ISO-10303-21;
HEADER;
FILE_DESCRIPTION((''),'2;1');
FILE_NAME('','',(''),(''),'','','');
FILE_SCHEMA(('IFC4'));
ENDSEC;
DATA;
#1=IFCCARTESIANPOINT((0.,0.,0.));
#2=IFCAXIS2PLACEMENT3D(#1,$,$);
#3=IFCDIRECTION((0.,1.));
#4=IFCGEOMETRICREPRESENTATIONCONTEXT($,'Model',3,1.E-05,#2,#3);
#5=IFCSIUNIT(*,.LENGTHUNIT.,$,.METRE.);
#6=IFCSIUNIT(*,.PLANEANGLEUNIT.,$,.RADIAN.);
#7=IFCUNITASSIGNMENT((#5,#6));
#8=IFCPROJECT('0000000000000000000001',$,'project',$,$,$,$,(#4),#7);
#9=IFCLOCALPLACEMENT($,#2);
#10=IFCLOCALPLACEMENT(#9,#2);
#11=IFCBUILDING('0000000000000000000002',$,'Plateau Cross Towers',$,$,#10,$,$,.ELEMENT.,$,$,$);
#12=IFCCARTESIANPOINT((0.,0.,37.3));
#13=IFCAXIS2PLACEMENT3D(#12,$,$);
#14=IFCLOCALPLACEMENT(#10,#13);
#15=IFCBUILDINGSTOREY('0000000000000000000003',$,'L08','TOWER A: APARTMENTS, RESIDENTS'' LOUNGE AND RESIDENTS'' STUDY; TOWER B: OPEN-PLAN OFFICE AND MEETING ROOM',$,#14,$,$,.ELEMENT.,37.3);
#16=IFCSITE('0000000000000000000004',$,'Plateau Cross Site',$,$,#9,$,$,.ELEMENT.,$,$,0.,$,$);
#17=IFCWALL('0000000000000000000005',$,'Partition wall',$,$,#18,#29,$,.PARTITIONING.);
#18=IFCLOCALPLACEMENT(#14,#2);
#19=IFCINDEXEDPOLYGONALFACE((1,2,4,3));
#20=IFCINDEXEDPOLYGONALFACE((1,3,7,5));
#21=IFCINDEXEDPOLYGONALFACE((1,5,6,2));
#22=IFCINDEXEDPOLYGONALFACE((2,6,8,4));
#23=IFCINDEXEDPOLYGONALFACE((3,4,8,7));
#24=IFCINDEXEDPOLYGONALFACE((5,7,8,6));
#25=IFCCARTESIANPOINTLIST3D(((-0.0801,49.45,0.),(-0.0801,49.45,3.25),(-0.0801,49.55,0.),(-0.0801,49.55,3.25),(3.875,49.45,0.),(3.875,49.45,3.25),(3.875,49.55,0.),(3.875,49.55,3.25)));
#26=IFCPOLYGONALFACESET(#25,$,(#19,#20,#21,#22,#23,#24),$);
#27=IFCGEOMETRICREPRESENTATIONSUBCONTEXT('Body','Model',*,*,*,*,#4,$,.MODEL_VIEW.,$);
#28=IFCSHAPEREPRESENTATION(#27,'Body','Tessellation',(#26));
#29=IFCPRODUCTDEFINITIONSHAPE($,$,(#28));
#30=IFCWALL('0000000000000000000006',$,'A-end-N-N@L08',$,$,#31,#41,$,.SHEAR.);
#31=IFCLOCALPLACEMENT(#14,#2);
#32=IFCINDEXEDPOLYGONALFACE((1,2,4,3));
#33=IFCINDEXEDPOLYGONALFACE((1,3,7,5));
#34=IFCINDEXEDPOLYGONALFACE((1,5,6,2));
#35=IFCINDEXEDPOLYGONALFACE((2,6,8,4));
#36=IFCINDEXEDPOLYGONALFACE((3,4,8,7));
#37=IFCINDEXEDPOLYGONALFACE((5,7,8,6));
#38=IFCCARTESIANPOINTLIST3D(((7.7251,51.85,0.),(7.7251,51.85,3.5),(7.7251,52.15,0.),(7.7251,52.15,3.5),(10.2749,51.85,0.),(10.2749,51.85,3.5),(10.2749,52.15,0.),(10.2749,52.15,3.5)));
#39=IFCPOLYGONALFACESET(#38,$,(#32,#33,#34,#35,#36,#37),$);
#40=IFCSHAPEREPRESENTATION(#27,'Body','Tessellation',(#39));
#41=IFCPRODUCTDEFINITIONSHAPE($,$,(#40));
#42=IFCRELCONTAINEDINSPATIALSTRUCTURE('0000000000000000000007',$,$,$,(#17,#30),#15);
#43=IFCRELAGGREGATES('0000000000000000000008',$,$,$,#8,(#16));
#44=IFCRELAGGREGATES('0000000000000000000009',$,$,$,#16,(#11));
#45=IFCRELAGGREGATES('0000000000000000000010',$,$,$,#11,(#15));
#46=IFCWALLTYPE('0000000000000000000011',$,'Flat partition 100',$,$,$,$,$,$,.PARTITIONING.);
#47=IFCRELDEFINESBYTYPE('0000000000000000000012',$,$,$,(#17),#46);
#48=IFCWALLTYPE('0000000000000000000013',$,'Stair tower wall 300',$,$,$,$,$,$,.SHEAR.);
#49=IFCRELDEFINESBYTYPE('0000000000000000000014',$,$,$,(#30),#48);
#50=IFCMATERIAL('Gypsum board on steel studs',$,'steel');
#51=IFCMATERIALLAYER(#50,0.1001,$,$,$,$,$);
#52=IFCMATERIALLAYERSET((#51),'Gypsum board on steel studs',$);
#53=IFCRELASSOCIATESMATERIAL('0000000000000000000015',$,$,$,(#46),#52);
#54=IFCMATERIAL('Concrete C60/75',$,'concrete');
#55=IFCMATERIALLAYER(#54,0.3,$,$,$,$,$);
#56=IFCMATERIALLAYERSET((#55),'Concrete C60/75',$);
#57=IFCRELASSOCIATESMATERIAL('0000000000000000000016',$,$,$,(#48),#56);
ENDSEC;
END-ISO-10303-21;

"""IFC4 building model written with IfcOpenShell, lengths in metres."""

from ifc_helpers import new_model, si_unit, direction, frame, frame_2d, origin, place, context, subcontext, project, spatial, rectangle, extrude, material, layer, layer_set, type_object, element, save


model = new_model("IFC4")

# Units and contexts
model_context = context("Model", 3, precision=1e-05, world=origin(), true_north=direction((0.0, 1.0)))
body_context = subcontext(model_context, "Body", "Model", "MODEL_VIEW")
ifc_project = project(units=[si_unit("LENGTHUNIT", "METRE"), si_unit("PLANEANGLEUNIT", "RADIAN")], contexts=[model_context])

# Site, building, storey
site_placement = place(None, origin())
site = spatial("IfcSite", under=ifc_project, at=site_placement, Name="Plateau Cross Site", CompositionType="ELEMENT", RefElevation=0.0)
building_placement = place(site_placement, origin())
building = spatial("IfcBuilding", under=site, at=building_placement, Name="Plateau Cross Towers", CompositionType="ELEMENT")
storey_placement = place(building_placement, frame((0.0, 0.0, 37.3)))
storey = spatial("IfcBuildingStorey", under=building, at=storey_placement, Name="L08", Description="TOWER A: APARTMENTS, RESIDENTS' LOUNGE AND RESIDENTS' STUDY; TOWER B: OPEN-PLAN OFFICE AND MEETING ROOM", CompositionType="ELEMENT", Elevation=37.3)

# Shared definitions
ifc_material_1 = material(Name="Concrete C60/75", Category="concrete")

# Walls
ifc_material_2 = material(Name="Gypsum board on steel studs", Category="steel")
ifc_layer_1 = layer(ifc_material_2, 0.1001)
ifc_layer_set_1 = layer_set([ifc_layer_1], Name="Gypsum board on steel studs")
wall_type_1 = type_object("IfcWallType", Name="Flat partition 100", PredefinedType="PARTITIONING", material=ifc_layer_set_1)
wall_1_placement = place(storey_placement, frame((3.875, 49.5, 0.0), z_axis=(0.0, 0.0, 1.0), x_axis=(-1.0, 0.0, 0.0)))
element("IfcWall", 1, at=wall_1_placement, inside=storey, type_object=wall_type_1, Name="Partition wall", PredefinedType="PARTITIONING", context=body_context, shape_type="SweptSolid", body=[
    extrude(rectangle(XDim=3.9551, YDim=0.1001, at=frame_2d((1.9775, 0.0))), origin(), (0.0, 0.0, 1.0), 3.25),
])
ifc_layer_2 = layer(ifc_material_1, 0.3)
ifc_layer_set_2 = layer_set([ifc_layer_2], Name="Concrete C60/75")
wall_type_2 = type_object("IfcWallType", Name="Stair tower wall 300", PredefinedType="SHEAR", material=ifc_layer_set_2)
wall_2_placement = place(storey_placement, frame((7.7251, 52.0, 0.0), z_axis=(0.0, 0.0, 1.0), x_axis=(1.0, 0.0, 0.0)))
element("IfcWall", 2, at=wall_2_placement, inside=storey, type_object=wall_type_2, Name="A-end-N-N@L08", PredefinedType="SHEAR", context=body_context, shape_type="SweptSolid", body=[
    extrude(rectangle(XDim=2.5498, YDim=0.3, at=frame_2d((1.2749, 0.0))), origin(), (0.0, 0.0, 1.0), 3.5),
])

save(model, "model.ifc")
